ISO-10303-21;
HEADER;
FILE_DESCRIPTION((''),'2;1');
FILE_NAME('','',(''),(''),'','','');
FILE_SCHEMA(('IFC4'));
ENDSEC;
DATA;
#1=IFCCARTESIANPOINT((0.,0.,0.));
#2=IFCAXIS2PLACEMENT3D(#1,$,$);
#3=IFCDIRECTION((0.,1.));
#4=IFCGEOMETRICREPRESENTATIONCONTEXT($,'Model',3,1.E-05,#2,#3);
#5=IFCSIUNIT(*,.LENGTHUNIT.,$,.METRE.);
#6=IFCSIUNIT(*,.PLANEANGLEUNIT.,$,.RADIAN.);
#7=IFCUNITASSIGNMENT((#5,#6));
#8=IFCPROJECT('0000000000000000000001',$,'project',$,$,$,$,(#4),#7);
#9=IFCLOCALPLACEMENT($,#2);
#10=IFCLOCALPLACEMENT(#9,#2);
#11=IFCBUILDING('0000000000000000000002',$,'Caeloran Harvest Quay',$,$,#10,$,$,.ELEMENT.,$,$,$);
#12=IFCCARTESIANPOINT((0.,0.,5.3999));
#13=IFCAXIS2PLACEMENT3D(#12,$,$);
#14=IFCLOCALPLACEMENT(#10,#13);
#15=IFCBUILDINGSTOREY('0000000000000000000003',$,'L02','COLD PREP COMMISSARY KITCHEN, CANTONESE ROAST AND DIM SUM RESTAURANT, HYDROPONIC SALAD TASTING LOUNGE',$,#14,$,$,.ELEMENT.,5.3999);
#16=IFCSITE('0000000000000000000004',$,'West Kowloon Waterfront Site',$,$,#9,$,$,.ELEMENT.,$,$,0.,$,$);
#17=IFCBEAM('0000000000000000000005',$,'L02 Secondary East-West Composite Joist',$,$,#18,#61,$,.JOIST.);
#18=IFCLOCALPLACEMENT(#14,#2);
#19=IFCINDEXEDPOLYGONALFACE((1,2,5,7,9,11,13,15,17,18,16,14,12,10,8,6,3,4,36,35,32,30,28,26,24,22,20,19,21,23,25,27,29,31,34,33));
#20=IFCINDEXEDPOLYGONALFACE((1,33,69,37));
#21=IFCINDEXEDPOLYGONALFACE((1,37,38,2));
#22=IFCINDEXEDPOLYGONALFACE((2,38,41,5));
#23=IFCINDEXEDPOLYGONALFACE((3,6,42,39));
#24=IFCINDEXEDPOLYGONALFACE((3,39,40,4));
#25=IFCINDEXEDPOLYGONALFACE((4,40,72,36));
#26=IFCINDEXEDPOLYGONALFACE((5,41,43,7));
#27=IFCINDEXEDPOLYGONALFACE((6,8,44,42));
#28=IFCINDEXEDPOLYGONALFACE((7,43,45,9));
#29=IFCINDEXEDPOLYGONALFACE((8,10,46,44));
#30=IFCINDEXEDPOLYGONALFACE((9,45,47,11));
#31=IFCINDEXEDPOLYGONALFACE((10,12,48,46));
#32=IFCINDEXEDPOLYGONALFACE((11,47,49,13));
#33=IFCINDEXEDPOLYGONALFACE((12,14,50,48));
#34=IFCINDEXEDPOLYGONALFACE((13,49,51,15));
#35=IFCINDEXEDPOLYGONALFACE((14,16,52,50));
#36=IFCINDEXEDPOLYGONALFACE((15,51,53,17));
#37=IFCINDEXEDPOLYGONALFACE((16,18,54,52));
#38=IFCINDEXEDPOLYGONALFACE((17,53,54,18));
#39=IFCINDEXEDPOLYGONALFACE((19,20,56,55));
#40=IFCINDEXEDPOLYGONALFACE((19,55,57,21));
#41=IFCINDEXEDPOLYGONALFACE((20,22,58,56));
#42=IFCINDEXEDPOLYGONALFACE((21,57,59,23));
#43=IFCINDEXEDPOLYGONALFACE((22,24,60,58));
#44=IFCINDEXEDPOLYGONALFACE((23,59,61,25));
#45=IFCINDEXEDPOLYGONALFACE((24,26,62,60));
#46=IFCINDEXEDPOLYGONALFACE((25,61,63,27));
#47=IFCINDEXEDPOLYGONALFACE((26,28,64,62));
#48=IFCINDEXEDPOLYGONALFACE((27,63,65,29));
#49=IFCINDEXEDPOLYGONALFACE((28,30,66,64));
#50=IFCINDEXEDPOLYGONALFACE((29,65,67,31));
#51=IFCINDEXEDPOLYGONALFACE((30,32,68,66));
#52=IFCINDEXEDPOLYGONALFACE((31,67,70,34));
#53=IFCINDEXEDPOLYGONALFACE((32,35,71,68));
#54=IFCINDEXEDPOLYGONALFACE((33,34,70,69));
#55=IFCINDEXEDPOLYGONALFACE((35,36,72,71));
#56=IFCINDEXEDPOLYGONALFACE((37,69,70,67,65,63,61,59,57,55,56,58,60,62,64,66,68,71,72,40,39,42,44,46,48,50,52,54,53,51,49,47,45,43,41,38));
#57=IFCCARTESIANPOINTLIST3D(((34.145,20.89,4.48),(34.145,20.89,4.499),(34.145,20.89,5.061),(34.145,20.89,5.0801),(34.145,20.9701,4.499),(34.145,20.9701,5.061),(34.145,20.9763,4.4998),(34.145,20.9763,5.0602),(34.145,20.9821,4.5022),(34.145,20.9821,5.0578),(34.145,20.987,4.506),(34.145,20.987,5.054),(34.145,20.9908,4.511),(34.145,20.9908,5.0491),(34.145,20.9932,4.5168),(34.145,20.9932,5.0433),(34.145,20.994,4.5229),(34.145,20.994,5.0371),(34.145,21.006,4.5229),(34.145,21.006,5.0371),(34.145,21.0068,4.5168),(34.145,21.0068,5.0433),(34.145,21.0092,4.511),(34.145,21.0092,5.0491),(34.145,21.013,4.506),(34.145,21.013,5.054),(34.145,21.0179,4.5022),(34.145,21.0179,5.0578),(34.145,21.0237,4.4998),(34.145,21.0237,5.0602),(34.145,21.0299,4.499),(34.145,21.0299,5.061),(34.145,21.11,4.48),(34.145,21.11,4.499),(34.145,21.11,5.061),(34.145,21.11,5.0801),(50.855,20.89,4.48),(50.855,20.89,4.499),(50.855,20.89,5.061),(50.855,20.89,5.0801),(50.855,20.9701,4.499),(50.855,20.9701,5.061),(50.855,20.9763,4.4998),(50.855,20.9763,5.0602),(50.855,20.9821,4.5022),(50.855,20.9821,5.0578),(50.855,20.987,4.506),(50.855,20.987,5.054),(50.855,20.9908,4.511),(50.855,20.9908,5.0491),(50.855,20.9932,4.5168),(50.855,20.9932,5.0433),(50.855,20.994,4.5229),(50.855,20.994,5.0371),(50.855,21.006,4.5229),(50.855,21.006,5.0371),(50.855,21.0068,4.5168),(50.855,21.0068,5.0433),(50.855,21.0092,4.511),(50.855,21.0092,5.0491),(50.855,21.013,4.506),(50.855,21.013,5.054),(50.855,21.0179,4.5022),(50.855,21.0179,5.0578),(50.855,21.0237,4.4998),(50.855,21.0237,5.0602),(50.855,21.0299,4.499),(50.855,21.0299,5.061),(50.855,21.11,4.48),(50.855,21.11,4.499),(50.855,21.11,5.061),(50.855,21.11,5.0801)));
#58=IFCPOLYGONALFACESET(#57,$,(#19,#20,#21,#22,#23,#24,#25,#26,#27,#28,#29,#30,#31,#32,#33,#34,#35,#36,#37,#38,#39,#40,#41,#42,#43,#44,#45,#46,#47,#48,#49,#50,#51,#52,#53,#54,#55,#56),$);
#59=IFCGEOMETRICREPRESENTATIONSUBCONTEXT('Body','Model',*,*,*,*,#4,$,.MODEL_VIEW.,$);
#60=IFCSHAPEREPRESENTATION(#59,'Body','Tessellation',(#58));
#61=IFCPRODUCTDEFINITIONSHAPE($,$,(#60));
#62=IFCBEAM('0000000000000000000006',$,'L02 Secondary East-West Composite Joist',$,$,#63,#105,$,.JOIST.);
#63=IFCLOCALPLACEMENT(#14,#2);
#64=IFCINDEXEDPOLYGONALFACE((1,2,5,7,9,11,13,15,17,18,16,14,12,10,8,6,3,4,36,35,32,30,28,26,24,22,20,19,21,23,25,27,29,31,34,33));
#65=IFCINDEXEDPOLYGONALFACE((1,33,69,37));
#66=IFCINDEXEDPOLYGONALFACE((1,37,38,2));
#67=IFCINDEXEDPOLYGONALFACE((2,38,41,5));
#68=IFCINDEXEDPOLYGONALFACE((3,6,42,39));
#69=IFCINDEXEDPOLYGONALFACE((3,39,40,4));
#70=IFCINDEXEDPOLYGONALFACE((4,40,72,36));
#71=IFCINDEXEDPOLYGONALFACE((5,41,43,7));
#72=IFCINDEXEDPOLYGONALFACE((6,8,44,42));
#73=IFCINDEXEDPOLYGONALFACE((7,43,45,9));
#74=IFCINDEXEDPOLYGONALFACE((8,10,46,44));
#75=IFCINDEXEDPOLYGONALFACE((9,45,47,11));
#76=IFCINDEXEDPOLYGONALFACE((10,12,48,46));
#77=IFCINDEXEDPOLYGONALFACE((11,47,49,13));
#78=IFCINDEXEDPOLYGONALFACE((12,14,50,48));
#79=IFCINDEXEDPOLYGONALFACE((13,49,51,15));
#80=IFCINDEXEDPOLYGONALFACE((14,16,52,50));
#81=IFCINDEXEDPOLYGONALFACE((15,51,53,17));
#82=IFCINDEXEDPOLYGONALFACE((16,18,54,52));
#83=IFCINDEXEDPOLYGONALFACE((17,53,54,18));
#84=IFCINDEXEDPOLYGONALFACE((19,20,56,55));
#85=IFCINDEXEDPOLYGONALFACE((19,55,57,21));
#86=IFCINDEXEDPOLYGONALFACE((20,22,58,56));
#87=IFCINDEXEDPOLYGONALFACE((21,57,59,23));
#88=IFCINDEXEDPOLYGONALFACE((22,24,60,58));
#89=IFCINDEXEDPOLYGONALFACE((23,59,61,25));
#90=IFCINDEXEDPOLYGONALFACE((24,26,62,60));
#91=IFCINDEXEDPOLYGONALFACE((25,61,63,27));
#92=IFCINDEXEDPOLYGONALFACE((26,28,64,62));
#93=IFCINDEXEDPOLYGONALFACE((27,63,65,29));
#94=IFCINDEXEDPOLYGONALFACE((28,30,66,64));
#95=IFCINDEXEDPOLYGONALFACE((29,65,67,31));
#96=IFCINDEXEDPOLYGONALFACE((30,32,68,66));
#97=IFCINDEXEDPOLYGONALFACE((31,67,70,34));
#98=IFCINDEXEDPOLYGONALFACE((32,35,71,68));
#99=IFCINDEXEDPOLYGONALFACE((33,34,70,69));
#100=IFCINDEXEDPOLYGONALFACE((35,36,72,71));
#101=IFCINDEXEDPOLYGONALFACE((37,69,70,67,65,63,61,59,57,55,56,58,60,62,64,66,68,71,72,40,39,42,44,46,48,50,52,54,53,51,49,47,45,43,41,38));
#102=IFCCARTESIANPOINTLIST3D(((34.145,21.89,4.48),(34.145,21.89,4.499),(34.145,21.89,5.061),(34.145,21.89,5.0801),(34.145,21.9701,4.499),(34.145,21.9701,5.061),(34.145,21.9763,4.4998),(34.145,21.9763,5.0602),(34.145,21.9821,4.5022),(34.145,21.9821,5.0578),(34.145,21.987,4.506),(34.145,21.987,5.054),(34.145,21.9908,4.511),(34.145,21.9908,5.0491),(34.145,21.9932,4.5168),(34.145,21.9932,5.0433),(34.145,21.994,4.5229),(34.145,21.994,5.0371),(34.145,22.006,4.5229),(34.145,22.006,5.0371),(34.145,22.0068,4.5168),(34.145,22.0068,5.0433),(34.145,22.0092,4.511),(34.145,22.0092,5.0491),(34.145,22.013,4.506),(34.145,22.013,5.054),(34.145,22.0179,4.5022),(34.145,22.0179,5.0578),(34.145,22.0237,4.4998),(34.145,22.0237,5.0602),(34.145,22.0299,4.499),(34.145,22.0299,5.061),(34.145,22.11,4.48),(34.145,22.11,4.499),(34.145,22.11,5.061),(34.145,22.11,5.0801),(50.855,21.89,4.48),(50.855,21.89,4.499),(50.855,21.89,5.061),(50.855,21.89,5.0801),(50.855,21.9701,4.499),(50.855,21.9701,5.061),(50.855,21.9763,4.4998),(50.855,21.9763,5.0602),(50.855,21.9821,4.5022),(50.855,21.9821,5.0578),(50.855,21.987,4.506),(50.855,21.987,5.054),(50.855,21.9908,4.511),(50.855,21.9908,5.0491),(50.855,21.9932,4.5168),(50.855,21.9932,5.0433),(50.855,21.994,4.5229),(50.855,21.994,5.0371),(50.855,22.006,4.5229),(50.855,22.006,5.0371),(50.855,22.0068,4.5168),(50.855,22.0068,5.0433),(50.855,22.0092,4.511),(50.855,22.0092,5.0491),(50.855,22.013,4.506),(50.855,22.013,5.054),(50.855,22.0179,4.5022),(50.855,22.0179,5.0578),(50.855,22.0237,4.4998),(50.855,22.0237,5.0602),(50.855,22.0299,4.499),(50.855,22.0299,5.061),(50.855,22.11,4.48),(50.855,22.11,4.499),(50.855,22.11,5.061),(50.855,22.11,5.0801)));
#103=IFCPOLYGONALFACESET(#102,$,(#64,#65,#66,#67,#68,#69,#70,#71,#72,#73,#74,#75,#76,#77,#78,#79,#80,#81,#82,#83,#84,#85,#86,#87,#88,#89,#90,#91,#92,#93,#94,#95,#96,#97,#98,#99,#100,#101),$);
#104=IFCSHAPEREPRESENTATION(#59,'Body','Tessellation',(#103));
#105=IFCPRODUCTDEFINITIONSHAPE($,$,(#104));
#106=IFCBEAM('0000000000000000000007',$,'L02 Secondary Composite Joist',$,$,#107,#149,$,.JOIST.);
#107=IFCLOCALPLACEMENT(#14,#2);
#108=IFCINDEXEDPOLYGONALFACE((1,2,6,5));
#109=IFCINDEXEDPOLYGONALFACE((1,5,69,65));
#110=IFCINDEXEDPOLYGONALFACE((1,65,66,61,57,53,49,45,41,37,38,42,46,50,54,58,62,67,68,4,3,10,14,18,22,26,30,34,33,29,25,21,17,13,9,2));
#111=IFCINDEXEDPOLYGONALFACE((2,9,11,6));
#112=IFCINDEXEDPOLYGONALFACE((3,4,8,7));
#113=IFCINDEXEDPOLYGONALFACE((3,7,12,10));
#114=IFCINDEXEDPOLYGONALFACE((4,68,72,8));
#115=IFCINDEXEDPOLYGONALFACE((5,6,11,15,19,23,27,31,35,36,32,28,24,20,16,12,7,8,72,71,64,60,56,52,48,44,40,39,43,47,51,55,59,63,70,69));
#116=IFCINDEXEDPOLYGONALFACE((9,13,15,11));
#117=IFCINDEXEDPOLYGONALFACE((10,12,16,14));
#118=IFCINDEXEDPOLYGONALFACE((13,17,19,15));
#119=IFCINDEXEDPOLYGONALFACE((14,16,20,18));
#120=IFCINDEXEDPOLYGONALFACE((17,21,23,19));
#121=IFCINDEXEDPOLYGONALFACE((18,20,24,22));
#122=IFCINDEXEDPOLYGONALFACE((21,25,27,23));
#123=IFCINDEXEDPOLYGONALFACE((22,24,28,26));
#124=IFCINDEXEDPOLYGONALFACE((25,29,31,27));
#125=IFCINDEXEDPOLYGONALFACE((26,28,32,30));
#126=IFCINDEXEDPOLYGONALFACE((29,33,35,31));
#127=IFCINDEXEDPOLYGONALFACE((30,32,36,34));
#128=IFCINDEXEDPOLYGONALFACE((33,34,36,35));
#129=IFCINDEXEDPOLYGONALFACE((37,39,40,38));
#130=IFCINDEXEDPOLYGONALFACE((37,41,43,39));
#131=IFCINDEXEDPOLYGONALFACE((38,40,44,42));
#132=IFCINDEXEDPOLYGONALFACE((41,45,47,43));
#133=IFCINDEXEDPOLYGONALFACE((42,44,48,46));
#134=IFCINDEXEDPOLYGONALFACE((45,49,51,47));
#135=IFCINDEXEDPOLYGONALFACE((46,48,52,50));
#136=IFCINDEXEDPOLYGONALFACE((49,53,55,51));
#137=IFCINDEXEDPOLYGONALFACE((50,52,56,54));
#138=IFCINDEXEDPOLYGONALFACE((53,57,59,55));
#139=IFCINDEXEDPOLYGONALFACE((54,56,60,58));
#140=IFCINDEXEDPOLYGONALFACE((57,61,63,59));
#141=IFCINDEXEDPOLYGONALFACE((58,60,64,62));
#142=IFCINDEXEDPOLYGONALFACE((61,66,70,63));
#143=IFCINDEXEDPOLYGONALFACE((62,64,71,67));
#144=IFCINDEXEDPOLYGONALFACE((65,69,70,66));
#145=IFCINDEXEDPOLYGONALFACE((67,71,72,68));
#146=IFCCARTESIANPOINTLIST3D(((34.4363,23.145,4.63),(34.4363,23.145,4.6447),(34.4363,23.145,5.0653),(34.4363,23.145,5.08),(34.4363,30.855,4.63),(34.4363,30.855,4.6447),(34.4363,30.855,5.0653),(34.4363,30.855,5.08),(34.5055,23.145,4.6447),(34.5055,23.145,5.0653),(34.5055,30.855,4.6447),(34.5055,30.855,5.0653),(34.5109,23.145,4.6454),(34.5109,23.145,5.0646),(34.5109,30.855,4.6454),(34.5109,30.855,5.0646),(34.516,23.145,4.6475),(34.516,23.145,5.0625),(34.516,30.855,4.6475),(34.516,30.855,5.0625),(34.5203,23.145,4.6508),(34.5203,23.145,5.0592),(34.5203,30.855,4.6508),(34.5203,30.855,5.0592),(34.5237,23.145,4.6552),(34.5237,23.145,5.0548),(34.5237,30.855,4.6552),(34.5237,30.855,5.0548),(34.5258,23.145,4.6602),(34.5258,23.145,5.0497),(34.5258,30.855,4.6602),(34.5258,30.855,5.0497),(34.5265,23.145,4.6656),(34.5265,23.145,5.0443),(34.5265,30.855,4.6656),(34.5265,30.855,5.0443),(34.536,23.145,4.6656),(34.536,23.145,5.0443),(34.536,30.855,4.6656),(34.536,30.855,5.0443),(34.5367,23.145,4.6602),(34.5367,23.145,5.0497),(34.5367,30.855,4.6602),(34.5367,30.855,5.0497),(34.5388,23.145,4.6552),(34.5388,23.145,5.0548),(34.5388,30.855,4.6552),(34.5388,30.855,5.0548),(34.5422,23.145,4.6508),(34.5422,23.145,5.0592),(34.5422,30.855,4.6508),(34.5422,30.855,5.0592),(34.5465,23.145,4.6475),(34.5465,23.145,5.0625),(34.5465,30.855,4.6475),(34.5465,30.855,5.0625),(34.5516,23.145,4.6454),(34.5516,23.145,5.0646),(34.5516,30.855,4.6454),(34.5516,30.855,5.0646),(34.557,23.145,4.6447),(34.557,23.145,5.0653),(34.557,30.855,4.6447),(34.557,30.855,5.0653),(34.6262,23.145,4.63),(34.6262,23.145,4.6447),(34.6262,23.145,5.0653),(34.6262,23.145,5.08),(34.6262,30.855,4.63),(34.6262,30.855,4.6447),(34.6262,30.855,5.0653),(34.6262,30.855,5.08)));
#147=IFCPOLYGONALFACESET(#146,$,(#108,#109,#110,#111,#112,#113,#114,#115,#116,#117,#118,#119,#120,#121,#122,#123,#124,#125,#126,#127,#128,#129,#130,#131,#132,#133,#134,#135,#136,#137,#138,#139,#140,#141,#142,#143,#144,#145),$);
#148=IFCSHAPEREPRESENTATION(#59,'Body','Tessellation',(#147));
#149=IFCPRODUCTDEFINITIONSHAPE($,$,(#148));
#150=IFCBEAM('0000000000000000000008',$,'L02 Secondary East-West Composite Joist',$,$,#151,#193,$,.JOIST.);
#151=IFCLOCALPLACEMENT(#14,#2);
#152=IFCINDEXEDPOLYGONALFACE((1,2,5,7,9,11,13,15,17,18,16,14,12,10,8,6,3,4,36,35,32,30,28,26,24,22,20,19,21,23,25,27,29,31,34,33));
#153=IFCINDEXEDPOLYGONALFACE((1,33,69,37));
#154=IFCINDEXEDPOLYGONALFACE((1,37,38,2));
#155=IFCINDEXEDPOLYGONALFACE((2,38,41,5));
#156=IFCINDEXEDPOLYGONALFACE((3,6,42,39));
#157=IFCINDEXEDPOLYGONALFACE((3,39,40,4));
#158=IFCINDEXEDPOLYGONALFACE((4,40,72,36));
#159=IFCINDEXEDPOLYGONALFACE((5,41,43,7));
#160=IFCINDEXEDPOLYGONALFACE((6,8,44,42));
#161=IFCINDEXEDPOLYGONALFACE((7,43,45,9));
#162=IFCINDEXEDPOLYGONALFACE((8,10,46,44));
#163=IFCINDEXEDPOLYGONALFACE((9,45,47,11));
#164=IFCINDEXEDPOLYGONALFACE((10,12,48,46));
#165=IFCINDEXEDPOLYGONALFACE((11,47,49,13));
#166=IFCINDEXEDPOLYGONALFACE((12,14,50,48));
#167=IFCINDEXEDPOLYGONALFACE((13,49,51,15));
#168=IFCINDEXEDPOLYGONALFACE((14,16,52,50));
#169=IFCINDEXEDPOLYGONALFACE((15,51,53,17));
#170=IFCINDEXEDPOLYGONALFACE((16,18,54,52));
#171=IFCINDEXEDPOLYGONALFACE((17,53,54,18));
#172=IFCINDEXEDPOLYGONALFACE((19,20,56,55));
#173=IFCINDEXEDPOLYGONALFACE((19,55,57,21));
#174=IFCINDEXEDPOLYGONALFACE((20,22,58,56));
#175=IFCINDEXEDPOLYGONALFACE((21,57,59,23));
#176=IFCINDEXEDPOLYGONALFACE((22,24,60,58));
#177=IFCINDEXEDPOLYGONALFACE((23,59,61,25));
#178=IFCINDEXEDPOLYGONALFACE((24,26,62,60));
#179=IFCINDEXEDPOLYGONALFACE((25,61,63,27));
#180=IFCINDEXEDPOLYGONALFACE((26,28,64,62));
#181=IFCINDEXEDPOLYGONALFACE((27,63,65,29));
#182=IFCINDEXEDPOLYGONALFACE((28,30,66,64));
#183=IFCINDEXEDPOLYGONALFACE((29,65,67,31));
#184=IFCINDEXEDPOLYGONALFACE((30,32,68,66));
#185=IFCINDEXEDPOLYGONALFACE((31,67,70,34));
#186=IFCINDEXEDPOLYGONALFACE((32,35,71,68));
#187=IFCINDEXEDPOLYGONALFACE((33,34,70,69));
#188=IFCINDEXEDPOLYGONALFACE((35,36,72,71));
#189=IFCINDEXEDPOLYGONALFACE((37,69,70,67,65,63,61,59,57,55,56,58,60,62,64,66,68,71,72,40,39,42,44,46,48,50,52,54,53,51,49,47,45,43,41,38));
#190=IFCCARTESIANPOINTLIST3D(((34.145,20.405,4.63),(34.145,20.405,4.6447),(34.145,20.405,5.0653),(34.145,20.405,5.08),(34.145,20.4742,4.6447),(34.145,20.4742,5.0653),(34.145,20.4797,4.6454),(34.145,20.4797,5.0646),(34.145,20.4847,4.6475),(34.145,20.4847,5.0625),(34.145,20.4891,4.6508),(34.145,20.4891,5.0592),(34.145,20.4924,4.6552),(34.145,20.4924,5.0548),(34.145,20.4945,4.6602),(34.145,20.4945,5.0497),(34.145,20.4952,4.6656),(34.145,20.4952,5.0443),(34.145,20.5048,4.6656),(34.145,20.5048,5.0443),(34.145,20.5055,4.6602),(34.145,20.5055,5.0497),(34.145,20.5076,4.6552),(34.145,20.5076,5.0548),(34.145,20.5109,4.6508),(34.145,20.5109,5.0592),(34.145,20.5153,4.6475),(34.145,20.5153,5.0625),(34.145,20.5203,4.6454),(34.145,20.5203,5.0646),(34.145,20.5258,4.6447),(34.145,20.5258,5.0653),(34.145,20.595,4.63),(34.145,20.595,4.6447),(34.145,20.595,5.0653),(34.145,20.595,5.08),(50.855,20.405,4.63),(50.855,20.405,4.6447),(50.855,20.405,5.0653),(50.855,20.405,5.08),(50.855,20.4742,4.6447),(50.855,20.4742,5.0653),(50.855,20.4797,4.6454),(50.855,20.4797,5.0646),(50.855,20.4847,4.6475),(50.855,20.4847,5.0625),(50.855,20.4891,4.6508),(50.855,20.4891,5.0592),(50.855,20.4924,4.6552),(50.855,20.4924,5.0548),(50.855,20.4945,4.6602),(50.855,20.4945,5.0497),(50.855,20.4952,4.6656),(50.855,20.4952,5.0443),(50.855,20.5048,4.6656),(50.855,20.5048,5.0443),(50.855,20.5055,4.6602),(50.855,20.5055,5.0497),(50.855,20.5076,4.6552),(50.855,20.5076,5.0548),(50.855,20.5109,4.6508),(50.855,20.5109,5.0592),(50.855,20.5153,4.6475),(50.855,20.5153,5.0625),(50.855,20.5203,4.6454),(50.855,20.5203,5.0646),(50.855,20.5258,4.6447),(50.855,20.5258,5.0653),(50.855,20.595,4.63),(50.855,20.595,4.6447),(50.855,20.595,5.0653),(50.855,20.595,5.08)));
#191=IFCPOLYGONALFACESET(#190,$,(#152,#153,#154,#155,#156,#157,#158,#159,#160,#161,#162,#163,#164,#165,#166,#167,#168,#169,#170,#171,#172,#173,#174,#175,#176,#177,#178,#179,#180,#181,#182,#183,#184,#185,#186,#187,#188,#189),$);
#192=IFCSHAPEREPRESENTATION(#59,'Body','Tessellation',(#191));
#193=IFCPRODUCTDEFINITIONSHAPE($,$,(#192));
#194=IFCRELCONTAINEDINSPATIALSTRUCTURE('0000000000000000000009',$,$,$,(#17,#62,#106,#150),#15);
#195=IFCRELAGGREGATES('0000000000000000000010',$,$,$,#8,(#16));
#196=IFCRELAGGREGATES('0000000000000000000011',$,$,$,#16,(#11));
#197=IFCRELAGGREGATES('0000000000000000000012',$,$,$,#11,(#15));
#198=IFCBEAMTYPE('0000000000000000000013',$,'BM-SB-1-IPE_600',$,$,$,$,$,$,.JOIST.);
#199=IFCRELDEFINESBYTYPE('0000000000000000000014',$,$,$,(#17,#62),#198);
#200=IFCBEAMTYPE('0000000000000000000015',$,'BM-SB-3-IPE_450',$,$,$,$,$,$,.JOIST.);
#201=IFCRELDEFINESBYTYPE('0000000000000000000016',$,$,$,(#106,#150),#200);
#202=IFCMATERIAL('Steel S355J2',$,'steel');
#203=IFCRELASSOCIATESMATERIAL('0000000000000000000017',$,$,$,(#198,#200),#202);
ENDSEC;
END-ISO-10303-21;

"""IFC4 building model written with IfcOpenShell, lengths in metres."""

from ifc_helpers import new_model, si_unit, direction, frame, origin, origin_2d, place, context, subcontext, project, spatial, i_section, extrude, material, material_profile, profile_set, type_object, element, save


model = new_model("IFC4")

# Units and contexts
model_context = context("Model", 3, precision=1e-05, world=origin(), true_north=direction((0.0, 1.0)))
body_context = subcontext(model_context, "Body", "Model", "MODEL_VIEW")
ifc_project = project(units=[si_unit("LENGTHUNIT", "METRE"), si_unit("PLANEANGLEUNIT", "RADIAN")], contexts=[model_context])

# Site, building, storey
site_placement = place(None, origin())
site = spatial("IfcSite", under=ifc_project, at=site_placement, Name="West Kowloon Waterfront Site", CompositionType="ELEMENT", RefElevation=0.0)
building_placement = place(site_placement, origin())
building = spatial("IfcBuilding", under=site, at=building_placement, Name="Caeloran Harvest Quay", CompositionType="ELEMENT")
storey_placement = place(building_placement, frame((0.0, 0.0, 5.3999)))
storey = spatial("IfcBuildingStorey", under=building, at=storey_placement, Name="L02", Description="COLD PREP COMMISSARY KITCHEN, CANTONESE ROAST AND DIM SUM RESTAURANT, HYDROPONIC SALAD TASTING LOUNGE", CompositionType="ELEMENT", Elevation=5.3999)

# Beams
ifc_material_1 = material(Name="Steel S355J2", Category="steel")
ifc_material_profile_1 = material_profile(ifc_material_1, i_section(OverallWidth=0.22, OverallDepth=0.6001, WebThickness=0.012, FlangeThickness=0.019, FilletRadius=0.0239, at=origin_2d()), Name="IPE 600")
ifc_profile_set_1 = profile_set([ifc_material_profile_1], Name="Steel S355J2")
beam_type_1 = type_object("IfcBeamType", Name="BM-SB-1-IPE_600", PredefinedType="JOIST", material=ifc_profile_set_1)
for number, where, z_axis, x_axis, name in (
    (1, (34.145, 21.0, 4.78), (1.0, 0.0, 0.0), (0.0, 1.0, 0.0), "L02 Secondary East-West Composite Joist"),
    (2, (34.145, 22.0, 4.78), (1.0, 0.0, 0.0), (0.0, 1.0, 0.0), "L02 Secondary East-West Composite Joist"),
):
    element("IfcBeam", number, at=place(storey_placement, frame(where, z_axis=z_axis, x_axis=x_axis)), inside=storey, type_object=beam_type_1, Name=name, PredefinedType="JOIST", context=body_context, shape_type="SweptSolid", body=[
        extrude(i_section(OverallWidth=0.22, OverallDepth=0.6001, WebThickness=0.012, FlangeThickness=0.019, FilletRadius=0.0239, at=origin_2d()), origin(), (0.0, 0.0, 1.0), 16.71),
    ])
ifc_material_profile_2 = material_profile(ifc_material_1, i_section(OverallWidth=0.1899, OverallDepth=0.45, WebThickness=0.0095, FlangeThickness=0.0146, FilletRadius=0.021, at=origin_2d()), Name="IPE 450")
ifc_profile_set_2 = profile_set([ifc_material_profile_2], Name="Steel S355J2")
beam_type_2 = type_object("IfcBeamType", Name="BM-SB-3-IPE_450", PredefinedType="JOIST", material=ifc_profile_set_2)
beam_1_placement = place(storey_placement, frame((34.5312, 23.145, 4.855), z_axis=(0.0, 1.0, 0.0), x_axis=(-1.0, 0.0, 0.0)))
element("IfcBeam", 3, at=beam_1_placement, inside=storey, type_object=beam_type_2, Name="L02 Secondary Composite Joist", PredefinedType="JOIST", context=body_context, shape_type="SweptSolid", body=[
    extrude(i_section(OverallWidth=0.1899, OverallDepth=0.45, WebThickness=0.0095, FlangeThickness=0.0146, FilletRadius=0.021, at=origin_2d()), origin(), (0.0, 0.0, 1.0), 7.71),
])
for number, where, z_axis, x_axis, name in (
    (4, (34.145, 20.5, 4.855), (1.0, 0.0, 0.0), (0.0, 1.0, 0.0), "L02 Secondary East-West Composite Joist"),
):
    element("IfcBeam", number, at=place(storey_placement, frame(where, z_axis=z_axis, x_axis=x_axis)), inside=storey, type_object=beam_type_2, Name=name, PredefinedType="JOIST", context=body_context, shape_type="SweptSolid", body=[
        extrude(i_section(OverallWidth=0.1899, OverallDepth=0.45, WebThickness=0.0095, FlangeThickness=0.0146, FilletRadius=0.021, at=origin_2d()), origin(), (0.0, 0.0, 1.0), 16.71),
    ])

save(model, "model.ifc")
